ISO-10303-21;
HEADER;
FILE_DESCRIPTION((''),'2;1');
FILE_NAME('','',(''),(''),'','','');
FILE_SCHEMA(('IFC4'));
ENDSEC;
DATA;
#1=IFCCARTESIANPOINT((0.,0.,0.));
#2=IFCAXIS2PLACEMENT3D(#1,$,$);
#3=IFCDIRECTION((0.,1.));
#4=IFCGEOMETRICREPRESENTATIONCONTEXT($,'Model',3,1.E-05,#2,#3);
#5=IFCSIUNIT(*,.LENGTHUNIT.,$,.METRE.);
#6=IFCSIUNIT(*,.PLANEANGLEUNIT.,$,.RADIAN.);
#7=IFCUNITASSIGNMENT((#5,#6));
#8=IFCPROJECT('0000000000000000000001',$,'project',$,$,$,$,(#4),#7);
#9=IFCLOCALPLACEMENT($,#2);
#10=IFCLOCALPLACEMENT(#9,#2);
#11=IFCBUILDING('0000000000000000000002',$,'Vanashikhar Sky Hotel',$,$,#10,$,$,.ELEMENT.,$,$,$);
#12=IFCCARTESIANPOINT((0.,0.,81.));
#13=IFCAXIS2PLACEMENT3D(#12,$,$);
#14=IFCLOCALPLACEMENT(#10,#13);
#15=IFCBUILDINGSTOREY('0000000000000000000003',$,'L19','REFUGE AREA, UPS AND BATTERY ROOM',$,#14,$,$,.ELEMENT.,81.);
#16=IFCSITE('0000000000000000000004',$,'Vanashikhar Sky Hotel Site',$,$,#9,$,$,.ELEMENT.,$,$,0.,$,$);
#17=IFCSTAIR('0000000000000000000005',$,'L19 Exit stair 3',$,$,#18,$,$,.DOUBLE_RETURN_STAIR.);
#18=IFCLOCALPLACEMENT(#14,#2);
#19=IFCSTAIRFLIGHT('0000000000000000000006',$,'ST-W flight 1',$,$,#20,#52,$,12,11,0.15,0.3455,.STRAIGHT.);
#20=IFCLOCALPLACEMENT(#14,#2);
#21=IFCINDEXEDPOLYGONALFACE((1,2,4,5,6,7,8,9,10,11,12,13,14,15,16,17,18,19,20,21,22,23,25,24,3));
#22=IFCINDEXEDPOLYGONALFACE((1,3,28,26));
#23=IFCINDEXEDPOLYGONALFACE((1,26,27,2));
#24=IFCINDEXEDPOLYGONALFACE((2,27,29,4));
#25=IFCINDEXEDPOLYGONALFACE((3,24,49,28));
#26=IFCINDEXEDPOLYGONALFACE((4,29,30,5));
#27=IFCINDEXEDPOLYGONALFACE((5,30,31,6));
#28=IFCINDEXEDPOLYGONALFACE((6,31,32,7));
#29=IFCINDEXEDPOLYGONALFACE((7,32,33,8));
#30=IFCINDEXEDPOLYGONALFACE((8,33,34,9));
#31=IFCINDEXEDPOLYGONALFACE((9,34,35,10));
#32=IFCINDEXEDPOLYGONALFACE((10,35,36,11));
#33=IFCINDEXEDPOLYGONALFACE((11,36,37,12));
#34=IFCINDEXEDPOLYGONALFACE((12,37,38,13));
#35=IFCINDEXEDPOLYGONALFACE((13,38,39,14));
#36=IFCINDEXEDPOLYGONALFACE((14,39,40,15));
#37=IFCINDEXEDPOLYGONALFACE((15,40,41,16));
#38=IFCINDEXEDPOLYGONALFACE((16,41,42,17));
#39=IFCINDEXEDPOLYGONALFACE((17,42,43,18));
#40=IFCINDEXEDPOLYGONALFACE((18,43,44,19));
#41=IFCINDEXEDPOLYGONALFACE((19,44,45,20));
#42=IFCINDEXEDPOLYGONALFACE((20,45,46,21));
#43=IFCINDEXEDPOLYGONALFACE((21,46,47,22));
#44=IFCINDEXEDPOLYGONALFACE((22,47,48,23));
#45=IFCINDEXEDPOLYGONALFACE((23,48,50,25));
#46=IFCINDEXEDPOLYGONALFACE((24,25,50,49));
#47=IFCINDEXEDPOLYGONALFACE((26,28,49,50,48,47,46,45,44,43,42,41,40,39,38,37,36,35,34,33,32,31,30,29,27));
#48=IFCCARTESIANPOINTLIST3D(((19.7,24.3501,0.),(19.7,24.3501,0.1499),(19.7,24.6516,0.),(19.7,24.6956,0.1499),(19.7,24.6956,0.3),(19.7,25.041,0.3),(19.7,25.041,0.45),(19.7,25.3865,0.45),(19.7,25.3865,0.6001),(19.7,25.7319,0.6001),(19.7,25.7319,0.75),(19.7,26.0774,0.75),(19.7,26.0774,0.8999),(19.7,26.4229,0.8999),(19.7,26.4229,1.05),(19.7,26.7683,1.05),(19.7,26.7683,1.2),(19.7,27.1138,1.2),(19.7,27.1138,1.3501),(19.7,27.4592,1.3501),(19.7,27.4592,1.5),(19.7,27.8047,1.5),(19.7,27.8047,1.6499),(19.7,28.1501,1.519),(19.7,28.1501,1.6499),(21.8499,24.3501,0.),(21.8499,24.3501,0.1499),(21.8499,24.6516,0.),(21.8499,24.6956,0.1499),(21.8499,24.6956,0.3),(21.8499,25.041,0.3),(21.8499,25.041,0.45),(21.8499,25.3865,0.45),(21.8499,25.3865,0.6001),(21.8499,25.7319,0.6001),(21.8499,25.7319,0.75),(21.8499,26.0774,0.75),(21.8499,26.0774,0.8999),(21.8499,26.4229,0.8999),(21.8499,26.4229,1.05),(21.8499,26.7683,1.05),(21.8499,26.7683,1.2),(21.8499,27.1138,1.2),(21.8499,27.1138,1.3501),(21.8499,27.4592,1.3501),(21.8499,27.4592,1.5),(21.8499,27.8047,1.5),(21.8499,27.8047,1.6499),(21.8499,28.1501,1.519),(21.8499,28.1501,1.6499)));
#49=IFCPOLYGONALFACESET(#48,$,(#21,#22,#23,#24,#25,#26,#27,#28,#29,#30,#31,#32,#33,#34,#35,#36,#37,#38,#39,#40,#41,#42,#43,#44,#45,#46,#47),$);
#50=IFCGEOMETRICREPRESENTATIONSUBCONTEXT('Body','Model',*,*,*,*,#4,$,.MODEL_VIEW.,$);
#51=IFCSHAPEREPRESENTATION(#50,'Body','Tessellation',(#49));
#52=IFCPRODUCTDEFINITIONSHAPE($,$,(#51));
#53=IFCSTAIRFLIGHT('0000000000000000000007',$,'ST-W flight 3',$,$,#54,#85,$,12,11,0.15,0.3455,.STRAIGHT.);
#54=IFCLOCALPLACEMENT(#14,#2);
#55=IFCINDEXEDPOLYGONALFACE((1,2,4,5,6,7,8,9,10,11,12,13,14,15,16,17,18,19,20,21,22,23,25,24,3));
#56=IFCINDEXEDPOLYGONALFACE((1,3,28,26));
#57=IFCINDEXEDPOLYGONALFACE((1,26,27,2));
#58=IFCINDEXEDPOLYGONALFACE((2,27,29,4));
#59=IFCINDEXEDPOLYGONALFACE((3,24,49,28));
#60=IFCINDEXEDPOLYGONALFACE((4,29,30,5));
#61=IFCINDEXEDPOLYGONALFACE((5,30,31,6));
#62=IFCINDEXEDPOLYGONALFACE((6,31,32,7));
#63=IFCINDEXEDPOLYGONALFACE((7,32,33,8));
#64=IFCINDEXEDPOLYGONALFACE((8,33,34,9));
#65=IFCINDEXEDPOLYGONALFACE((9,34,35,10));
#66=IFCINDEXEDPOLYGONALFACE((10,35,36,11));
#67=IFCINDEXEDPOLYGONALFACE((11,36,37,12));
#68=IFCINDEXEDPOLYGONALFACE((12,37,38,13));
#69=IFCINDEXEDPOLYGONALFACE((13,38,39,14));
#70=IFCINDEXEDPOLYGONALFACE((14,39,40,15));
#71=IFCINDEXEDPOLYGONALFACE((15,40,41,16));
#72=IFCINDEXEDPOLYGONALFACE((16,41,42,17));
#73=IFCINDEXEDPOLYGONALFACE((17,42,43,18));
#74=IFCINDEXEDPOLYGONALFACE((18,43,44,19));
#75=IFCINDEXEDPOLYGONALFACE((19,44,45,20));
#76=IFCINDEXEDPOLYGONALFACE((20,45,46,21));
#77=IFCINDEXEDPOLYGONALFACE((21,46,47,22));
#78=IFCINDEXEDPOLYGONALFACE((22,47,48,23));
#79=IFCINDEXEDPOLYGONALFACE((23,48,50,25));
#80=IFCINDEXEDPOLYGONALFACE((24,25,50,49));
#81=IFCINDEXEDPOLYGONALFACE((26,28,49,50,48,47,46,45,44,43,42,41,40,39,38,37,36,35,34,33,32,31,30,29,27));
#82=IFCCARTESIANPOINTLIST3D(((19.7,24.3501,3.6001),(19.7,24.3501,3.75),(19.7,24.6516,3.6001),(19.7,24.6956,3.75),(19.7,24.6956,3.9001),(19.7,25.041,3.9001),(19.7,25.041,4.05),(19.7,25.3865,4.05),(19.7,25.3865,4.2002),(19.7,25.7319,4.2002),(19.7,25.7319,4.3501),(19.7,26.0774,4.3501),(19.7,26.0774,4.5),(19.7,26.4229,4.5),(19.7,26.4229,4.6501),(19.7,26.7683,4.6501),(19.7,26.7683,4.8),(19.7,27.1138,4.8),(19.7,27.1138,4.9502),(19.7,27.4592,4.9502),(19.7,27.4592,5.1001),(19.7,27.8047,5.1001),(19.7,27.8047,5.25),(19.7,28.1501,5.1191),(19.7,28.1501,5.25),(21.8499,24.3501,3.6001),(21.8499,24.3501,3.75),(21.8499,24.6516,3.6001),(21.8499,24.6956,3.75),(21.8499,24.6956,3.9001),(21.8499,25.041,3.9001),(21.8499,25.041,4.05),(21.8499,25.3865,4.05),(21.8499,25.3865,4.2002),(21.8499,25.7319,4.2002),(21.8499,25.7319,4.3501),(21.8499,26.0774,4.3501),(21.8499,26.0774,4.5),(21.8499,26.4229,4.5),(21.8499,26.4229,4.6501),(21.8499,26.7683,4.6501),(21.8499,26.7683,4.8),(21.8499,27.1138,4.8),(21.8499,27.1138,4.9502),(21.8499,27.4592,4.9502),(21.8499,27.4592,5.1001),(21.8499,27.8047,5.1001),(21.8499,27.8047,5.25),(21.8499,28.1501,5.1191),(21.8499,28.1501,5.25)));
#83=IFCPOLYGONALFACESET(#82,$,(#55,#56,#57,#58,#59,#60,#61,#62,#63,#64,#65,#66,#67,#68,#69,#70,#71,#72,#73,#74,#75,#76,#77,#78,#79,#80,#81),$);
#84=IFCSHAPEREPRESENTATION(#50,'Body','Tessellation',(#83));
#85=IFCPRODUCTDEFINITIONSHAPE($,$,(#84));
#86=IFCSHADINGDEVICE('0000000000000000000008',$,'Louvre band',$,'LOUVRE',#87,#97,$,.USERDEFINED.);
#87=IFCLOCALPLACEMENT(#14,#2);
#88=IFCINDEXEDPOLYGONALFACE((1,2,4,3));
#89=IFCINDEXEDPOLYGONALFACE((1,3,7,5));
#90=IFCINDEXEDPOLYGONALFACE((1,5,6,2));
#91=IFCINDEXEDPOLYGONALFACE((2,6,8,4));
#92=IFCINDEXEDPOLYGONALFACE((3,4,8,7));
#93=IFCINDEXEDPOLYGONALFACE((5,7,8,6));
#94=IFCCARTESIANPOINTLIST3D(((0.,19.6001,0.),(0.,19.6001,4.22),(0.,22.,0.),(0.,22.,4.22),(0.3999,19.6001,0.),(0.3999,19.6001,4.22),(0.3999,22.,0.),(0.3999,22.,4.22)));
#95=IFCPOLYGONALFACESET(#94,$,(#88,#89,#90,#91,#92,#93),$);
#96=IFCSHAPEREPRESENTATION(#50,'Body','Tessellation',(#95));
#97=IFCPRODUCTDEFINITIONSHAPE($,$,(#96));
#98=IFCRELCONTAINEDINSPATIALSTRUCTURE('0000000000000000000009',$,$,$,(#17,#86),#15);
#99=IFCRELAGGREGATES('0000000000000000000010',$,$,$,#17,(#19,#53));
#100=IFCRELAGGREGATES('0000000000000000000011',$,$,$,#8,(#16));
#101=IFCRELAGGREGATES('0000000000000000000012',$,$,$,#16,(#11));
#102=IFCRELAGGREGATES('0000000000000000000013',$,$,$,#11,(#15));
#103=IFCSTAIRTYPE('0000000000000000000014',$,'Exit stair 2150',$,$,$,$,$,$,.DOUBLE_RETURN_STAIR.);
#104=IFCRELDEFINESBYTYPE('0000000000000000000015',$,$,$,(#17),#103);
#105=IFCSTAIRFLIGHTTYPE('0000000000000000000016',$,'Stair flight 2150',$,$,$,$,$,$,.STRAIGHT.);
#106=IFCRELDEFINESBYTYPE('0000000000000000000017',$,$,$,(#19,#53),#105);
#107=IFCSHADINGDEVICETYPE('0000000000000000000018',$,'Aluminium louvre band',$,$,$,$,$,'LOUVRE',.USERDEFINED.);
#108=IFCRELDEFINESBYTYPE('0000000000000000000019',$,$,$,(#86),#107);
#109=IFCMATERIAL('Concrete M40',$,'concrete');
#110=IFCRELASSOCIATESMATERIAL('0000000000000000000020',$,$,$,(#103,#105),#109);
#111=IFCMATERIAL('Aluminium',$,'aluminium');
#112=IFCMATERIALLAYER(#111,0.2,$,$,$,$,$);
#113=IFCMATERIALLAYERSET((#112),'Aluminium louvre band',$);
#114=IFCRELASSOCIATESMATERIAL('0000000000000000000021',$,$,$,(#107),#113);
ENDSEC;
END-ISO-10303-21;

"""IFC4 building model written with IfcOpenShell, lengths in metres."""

from ifc_helpers import new_model, si_unit, direction, frame, origin, origin_2d, place, context, subcontext, project, spatial, polyline, rectangle, outline, extrude, source, transform, mapped, material, layer, layer_set, type_object, element, aggregate, save


model = new_model("IFC4")

# Units and contexts
model_context = context("Model", 3, precision=1e-05, world=origin(), true_north=direction((0.0, 1.0)))
body_context = subcontext(model_context, "Body", "Model", "MODEL_VIEW")
ifc_project = project(units=[si_unit("LENGTHUNIT", "METRE"), si_unit("PLANEANGLEUNIT", "RADIAN")], contexts=[model_context])

# Site, building, storey
site_placement = place(None, origin())
site = spatial("IfcSite", under=ifc_project, at=site_placement, Name="Vanashikhar Sky Hotel Site", CompositionType="ELEMENT", RefElevation=0.0)
building_placement = place(site_placement, origin())
building = spatial("IfcBuilding", under=site, at=building_placement, Name="Vanashikhar Sky Hotel", CompositionType="ELEMENT")
storey_placement = place(building_placement, frame((0.0, 0.0, 81.0)))
storey = spatial("IfcBuildingStorey", under=building, at=storey_placement, Name="L19", Description="REFUGE AREA, UPS AND BATTERY ROOM", CompositionType="ELEMENT", Elevation=81.0)

# Stair, stair flights
ifc_material_1 = material(Name="Concrete M40", Category="concrete")
stair_type = type_object("IfcStairType", Name="Exit stair 2150", PredefinedType="DOUBLE_RETURN_STAIR", material=ifc_material_1)
stair_placement = place(storey_placement, origin())
stair = element("IfcStair", 1, at=stair_placement, inside=storey, type_object=stair_type, Name="L19 Exit stair 3", PredefinedType="DOUBLE_RETURN_STAIR")
stair_flight_type = type_object("IfcStairFlightType", Name="Stair flight 2150", PredefinedType="STRAIGHT", material=ifc_material_1)
shared_shape_1 = source(origin(), body_context, "Body", "SweptSolid", [
    extrude(outline(polyline([(0.0, 0.0), (0.0, 0.1499), (0.3455, 0.1499), (0.3455, 0.3), (0.6909, 0.3), (0.6909, 0.45), (1.0364, 0.45), (1.0364, 0.6001), (1.3818, 0.6001), (1.3818, 0.75), (1.7273, 0.75), (1.7273, 0.8999), (2.0728, 0.8999), (2.0728, 1.05), (2.4182, 1.05), (2.4182, 1.2), (2.7637, 1.2), (2.7637, 1.3501), (3.1091, 1.3501), (3.1091, 1.5), (3.4546, 1.5), (3.4546, 1.6499), (3.8, 1.6499), (3.8, 1.8), (3.8, 1.519), (0.3015, 0.0), (0.0, 0.0)])), frame((0.0, 1.075, 0.0), z_axis=(0.0, -1.0, 0.0), x_axis=(1.0, 0.0, 0.0)), (0.0, 0.0, 1.0), 2.1499),
])
stair_flight_1_placement = place(storey_placement, frame((20.7749, 24.3501, 0.0), z_axis=(0.0, 0.0, 1.0), x_axis=(0.0, 1.0, 0.0)))
stair_flight_1 = element("IfcStairFlight", 2, at=stair_flight_1_placement, type_object=stair_flight_type, Name="ST-W flight 1", NumberOfRisers=12, NumberOfTreads=11, PredefinedType="STRAIGHT", RiserHeight=0.15, TreadLength=0.3455, context=body_context, shape_type="MappedRepresentation", body=[
    mapped(shared_shape_1, transform((0.0, 0.0, 0.0), scale=1.0)),
])
stair_flight_2_placement = place(storey_placement, frame((20.7749, 24.3501, 3.6001), z_axis=(0.0, 0.0, 1.0), x_axis=(0.0, 1.0, 0.0)))
stair_flight_2 = element("IfcStairFlight", 3, at=stair_flight_2_placement, type_object=stair_flight_type, Name="ST-W flight 3", NumberOfRisers=12, NumberOfTreads=11, PredefinedType="STRAIGHT", RiserHeight=0.15, TreadLength=0.3455, context=body_context, shape_type="MappedRepresentation", body=[
    mapped(shared_shape_1, transform((0.0, 0.0, 0.0), scale=1.0)),
])
aggregate(stair, [stair_flight_1, stair_flight_2])

# Shading device
ifc_material_2 = material(Name="Aluminium", Category="aluminium")
ifc_layer_1 = layer(ifc_material_2, 0.2)
ifc_layer_set_1 = layer_set([ifc_layer_1], Name="Aluminium louvre band")
shading_device_type = type_object("IfcShadingDeviceType", Name="Aluminium louvre band", ElementType="LOUVRE", PredefinedType="USERDEFINED", material=ifc_layer_set_1)
shared_shape_2 = source(origin(), body_context, "Body", "SweptSolid", [
    extrude(rectangle(XDim=0.3999, YDim=2.3999, at=origin_2d()), origin(), (0.0, 0.0, 1.0), 4.22),
])
shading_device_placement = place(storey_placement, frame((0.2, 20.8, 0.0), z_axis=(0.0, 0.0, 1.0), x_axis=(1.0, 0.0, 0.0)))
element("IfcShadingDevice", 4, at=shading_device_placement, inside=storey, type_object=shading_device_type, Name="Louvre band", ObjectType="LOUVRE", PredefinedType="USERDEFINED", context=body_context, shape_type="MappedRepresentation", body=[
    mapped(shared_shape_2, transform((0.0, 0.0, 0.0), scale=1.0)),
])

save(model, "model.ifc")
